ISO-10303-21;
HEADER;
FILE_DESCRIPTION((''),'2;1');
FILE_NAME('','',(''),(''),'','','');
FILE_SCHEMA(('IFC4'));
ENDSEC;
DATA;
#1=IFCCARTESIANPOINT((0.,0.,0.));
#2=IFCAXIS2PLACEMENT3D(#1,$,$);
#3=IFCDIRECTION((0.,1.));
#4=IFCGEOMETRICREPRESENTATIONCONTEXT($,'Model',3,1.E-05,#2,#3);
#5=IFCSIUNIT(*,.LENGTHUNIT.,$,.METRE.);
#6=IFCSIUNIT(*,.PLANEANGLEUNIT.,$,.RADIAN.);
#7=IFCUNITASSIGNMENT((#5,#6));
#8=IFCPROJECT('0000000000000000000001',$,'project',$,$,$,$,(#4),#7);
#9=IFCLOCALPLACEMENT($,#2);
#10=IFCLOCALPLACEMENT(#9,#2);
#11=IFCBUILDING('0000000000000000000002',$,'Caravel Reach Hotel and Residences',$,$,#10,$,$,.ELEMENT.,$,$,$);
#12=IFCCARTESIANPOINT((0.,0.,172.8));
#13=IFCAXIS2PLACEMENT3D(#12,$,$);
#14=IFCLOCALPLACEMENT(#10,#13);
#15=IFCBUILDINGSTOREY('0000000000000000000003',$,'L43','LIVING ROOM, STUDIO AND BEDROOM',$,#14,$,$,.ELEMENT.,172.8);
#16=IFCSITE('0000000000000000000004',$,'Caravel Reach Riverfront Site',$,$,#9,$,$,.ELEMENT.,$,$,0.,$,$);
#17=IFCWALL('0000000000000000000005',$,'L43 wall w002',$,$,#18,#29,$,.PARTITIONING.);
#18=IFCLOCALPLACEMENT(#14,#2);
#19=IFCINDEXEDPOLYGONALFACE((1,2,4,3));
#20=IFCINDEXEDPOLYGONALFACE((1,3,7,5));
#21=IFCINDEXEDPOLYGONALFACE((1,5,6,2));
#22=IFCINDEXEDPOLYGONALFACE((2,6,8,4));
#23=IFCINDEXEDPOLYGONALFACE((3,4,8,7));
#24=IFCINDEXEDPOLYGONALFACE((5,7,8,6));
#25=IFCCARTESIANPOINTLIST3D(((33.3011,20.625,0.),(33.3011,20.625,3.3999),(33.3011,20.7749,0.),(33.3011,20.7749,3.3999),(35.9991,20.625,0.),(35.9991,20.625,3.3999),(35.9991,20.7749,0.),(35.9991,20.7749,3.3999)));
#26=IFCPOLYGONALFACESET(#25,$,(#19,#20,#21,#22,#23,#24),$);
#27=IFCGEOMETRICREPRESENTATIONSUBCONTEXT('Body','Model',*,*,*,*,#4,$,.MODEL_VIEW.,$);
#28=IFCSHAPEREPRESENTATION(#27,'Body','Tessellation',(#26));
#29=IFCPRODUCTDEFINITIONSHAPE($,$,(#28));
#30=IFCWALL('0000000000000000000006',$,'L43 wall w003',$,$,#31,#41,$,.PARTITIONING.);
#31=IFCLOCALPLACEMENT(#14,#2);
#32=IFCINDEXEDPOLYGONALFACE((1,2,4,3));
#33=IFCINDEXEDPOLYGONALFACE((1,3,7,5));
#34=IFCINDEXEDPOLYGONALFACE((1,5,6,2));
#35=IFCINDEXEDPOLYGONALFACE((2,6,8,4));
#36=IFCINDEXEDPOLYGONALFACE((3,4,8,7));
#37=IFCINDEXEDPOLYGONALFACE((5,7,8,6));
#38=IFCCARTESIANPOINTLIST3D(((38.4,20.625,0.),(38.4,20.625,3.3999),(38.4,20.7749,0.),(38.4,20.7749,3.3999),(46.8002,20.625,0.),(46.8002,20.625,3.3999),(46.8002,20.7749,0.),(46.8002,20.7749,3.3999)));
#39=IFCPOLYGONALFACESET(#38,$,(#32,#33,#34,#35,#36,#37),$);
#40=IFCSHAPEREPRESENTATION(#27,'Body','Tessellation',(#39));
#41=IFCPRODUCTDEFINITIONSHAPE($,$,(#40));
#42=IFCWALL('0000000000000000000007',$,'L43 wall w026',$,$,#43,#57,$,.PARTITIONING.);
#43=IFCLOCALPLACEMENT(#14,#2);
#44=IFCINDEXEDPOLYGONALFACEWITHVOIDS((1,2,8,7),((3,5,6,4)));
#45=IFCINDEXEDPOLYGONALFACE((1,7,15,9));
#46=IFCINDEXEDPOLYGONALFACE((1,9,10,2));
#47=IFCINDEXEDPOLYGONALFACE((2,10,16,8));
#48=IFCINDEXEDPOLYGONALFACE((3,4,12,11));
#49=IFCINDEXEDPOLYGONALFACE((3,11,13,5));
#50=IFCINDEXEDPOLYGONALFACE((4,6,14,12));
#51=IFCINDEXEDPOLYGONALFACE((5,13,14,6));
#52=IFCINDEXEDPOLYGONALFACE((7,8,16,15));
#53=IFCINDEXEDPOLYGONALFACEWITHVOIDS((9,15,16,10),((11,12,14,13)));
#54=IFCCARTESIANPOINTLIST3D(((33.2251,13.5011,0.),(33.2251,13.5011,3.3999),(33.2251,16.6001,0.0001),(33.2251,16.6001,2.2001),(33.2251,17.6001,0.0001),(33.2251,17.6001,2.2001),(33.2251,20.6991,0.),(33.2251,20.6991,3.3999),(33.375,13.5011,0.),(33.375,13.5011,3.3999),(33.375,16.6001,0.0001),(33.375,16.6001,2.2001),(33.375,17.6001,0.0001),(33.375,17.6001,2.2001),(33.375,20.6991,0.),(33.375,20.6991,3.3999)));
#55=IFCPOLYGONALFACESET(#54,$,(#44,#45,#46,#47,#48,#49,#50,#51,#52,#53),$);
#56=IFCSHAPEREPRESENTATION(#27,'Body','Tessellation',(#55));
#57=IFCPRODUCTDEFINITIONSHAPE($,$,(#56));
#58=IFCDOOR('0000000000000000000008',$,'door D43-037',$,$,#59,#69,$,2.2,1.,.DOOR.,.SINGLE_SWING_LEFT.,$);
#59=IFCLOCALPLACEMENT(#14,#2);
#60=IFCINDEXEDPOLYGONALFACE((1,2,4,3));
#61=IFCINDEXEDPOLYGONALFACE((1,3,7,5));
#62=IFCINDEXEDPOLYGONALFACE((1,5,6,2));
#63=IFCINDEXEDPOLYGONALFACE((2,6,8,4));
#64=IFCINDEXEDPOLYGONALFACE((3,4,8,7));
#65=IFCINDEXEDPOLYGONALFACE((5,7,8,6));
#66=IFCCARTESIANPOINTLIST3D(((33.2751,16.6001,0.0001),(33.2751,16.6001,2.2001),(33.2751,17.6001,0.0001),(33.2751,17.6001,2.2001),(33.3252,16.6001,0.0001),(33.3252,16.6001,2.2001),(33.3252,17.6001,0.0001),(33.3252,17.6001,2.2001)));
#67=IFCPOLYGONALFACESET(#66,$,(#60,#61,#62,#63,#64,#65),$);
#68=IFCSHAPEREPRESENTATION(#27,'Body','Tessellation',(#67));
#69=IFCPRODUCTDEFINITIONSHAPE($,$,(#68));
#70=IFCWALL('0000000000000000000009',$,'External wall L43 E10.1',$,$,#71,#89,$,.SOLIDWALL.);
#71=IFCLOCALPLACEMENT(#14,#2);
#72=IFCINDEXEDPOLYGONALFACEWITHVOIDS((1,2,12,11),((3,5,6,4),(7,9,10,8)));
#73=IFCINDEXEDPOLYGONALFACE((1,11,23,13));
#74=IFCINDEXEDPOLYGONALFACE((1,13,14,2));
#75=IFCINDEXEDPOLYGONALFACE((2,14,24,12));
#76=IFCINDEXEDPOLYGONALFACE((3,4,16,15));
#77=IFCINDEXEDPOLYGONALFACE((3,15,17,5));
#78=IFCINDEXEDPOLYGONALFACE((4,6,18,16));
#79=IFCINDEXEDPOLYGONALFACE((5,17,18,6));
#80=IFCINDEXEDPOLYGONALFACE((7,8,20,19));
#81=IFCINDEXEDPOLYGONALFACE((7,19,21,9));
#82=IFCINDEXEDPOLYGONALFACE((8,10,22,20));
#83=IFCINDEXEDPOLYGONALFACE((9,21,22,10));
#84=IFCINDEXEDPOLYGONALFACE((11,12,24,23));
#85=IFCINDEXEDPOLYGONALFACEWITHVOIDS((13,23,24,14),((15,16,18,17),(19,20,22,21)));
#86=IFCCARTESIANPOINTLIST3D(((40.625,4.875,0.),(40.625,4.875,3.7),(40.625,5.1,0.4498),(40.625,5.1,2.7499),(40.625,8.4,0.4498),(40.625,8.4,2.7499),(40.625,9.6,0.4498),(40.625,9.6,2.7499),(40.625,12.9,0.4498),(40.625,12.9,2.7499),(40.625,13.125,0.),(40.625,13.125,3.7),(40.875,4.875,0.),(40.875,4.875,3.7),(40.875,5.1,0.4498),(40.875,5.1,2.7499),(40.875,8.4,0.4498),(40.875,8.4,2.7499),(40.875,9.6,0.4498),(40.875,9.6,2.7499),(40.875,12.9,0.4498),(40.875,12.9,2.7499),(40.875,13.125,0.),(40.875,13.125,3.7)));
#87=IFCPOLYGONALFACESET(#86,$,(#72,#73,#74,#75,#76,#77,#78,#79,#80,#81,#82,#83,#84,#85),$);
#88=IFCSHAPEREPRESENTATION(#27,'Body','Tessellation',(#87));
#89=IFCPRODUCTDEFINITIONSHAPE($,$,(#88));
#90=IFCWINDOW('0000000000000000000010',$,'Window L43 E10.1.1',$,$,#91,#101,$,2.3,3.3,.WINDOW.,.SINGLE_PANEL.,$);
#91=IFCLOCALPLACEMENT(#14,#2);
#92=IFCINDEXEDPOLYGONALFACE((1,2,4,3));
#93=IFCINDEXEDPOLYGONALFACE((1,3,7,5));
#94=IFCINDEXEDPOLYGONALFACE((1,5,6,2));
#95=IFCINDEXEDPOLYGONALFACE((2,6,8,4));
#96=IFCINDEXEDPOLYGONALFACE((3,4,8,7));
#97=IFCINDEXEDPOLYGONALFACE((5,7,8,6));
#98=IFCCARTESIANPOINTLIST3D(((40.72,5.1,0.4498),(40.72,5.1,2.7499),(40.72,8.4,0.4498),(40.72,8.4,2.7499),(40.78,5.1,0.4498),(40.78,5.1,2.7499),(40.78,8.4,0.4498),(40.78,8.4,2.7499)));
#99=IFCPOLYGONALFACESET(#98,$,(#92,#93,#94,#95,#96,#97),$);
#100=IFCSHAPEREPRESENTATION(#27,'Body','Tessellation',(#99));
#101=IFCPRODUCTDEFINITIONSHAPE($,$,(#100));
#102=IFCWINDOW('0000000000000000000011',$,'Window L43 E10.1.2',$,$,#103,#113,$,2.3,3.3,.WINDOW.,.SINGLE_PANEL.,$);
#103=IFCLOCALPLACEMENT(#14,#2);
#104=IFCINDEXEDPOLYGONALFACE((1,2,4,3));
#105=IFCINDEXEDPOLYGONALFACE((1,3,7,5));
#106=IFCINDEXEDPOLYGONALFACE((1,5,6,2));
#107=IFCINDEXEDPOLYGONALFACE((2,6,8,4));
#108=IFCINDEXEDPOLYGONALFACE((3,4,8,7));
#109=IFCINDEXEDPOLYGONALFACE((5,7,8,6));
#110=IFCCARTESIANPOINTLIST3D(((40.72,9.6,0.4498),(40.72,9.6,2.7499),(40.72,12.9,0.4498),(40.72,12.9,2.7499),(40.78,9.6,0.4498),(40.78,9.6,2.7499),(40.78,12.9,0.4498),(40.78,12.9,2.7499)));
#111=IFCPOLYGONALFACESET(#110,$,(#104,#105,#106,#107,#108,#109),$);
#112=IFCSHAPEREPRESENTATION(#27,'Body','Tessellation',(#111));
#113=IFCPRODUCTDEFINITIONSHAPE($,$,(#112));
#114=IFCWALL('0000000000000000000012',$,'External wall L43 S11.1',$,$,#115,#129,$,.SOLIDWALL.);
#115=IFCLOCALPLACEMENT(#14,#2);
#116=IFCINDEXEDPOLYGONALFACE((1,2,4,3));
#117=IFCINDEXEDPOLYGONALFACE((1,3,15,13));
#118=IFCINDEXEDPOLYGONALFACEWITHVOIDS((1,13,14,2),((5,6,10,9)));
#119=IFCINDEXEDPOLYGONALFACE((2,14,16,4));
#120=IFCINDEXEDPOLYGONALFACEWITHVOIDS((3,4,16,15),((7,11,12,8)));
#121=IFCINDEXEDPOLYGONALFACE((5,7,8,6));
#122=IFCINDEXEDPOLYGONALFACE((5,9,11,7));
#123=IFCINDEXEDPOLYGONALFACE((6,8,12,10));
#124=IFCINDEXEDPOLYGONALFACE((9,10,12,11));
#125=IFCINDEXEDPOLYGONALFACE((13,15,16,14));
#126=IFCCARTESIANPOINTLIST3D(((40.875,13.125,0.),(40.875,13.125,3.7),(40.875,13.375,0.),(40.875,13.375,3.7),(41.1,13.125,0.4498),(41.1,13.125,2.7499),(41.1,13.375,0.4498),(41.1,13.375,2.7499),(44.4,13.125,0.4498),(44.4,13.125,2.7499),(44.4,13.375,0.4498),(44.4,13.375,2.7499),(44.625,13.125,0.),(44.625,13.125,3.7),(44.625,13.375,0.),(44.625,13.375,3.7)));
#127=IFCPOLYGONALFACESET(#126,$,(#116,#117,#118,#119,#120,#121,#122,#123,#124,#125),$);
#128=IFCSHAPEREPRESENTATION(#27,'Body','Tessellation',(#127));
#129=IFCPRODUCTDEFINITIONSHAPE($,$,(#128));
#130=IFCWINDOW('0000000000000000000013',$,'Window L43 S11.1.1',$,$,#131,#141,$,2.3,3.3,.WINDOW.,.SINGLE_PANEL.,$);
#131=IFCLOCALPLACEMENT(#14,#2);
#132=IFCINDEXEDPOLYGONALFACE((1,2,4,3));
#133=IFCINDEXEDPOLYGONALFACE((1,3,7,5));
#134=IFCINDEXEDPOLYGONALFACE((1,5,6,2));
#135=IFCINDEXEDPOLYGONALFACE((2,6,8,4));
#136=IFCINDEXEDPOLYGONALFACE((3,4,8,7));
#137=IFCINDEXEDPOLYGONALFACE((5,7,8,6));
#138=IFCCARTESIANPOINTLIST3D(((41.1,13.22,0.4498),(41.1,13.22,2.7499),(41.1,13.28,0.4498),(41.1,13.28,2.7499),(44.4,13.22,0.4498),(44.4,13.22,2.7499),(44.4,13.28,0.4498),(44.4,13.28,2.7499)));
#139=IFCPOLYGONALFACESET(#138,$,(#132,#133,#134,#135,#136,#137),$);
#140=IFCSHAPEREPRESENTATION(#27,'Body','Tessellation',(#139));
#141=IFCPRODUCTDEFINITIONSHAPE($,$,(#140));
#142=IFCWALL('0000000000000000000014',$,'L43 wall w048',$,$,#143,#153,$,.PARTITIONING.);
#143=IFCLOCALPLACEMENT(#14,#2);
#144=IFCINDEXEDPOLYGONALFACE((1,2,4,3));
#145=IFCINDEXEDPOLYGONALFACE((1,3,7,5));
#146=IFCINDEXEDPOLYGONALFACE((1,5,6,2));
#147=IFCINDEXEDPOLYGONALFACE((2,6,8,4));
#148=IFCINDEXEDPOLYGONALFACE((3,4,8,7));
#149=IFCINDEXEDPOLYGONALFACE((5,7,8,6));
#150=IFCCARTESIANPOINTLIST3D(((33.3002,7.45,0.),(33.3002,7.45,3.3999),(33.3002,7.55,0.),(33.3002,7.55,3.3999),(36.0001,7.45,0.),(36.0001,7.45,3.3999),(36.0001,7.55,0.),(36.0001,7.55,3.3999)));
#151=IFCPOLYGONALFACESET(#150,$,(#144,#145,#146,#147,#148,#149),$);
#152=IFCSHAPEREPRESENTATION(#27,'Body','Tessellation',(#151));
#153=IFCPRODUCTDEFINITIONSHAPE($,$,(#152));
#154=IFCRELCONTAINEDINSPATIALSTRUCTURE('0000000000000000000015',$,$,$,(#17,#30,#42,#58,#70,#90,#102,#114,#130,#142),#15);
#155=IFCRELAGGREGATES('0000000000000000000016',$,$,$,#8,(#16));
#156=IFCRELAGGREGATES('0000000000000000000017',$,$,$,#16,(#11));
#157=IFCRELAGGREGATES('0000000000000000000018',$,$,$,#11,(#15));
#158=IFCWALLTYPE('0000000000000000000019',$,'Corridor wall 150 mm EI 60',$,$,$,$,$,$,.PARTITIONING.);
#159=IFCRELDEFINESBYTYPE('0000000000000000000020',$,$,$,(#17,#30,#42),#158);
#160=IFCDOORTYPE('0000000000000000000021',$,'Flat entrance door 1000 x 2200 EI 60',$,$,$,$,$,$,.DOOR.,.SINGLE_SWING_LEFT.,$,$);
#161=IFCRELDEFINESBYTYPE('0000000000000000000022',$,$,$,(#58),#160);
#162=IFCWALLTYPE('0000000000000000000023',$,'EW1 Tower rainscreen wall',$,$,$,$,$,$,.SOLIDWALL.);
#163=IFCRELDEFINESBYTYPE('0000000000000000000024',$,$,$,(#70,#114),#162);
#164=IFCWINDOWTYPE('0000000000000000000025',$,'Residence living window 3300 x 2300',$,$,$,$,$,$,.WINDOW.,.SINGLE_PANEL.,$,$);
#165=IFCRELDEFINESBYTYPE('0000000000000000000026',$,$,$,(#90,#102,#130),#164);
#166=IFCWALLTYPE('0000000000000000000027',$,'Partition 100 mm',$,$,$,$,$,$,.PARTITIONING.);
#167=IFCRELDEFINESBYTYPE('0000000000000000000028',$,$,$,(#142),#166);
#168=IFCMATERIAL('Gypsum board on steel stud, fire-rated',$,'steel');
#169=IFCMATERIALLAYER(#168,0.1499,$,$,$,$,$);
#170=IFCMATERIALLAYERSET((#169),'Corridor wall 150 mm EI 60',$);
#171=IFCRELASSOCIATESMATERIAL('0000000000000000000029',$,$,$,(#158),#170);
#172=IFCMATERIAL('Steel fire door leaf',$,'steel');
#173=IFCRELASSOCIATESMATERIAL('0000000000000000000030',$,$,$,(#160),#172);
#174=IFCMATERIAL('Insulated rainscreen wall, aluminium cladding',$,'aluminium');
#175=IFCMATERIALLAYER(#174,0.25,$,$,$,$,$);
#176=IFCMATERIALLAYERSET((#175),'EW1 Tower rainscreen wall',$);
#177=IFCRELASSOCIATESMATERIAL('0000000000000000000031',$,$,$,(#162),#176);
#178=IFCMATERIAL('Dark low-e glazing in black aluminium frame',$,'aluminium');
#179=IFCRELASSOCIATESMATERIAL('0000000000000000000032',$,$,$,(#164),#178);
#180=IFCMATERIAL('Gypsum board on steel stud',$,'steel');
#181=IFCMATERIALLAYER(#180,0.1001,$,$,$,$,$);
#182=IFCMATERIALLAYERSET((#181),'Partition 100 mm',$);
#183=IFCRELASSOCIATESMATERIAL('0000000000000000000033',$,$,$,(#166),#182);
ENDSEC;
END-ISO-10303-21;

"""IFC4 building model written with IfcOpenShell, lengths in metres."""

from ifc_helpers import new_model, si_unit, direction, frame, frame_2d, origin, place, context, subcontext, project, spatial, rectangle, extrude, material, layer, layer_set, type_object, element, fill, save


model = new_model("IFC4")

# Units and contexts
model_context = context("Model", 3, precision=1e-05, world=origin(), true_north=direction((0.0, 1.0)))
body_context = subcontext(model_context, "Body", "Model", "MODEL_VIEW")
ifc_project = project(units=[si_unit("LENGTHUNIT", "METRE"), si_unit("PLANEANGLEUNIT", "RADIAN")], contexts=[model_context])

# Site, building, storey
site_placement = place(None, origin())
site = spatial("IfcSite", under=ifc_project, at=site_placement, Name="Caravel Reach Riverfront Site", CompositionType="ELEMENT", RefElevation=0.0)
building_placement = place(site_placement, origin())
building = spatial("IfcBuilding", under=site, at=building_placement, Name="Caravel Reach Hotel and Residences", CompositionType="ELEMENT")
storey_placement = place(building_placement, frame((0.0, 0.0, 172.8)))
storey = spatial("IfcBuildingStorey", under=building, at=storey_placement, Name="L43", Description="LIVING ROOM, STUDIO AND BEDROOM", CompositionType="ELEMENT", Elevation=172.8)

# Walls
ifc_material_1 = material(Name="Gypsum board on steel stud, fire-rated", Category="steel")
ifc_layer_1 = layer(ifc_material_1, 0.1499)
ifc_layer_set_1 = layer_set([ifc_layer_1], Name="Corridor wall 150 mm EI 60")
wall_type_1 = type_object("IfcWallType", Name="Corridor wall 150 mm EI 60", PredefinedType="PARTITIONING", material=ifc_layer_set_1)
wall_1_placement = place(storey_placement, frame((33.301, 20.7, 0.0), z_axis=(0.0, 0.0, 1.0), x_axis=(1.0, 0.0, 0.0)))
element("IfcWall", 1, at=wall_1_placement, inside=storey, type_object=wall_type_1, Name="L43 wall w002", PredefinedType="PARTITIONING", context=body_context, shape_type="SweptSolid", body=[
    extrude(rectangle(XDim=2.698, YDim=0.1499, at=frame_2d((1.3491, 0.0))), origin(), (0.0, 0.0, 1.0), 3.3999),
])
wall_2_placement = place(storey_placement, frame((38.3999, 20.7, 0.0), z_axis=(0.0, 0.0, 1.0), x_axis=(1.0, 0.0, 0.0)))
element("IfcWall", 2, at=wall_2_placement, inside=storey, type_object=wall_type_1, Name="L43 wall w003", PredefinedType="PARTITIONING", context=body_context, shape_type="SweptSolid", body=[
    extrude(rectangle(XDim=8.4001, YDim=0.1499, at=frame_2d((4.2002, 0.0))), origin(), (0.0, 0.0, 1.0), 3.3999),
])

# Wall, opening, door
wall_3_placement = place(storey_placement, frame((33.3, 13.501, 0.0), z_axis=(0.0, 0.0, 1.0), x_axis=(0.0, 1.0, 0.0)))
wall_3 = element("IfcWall", 3, at=wall_3_placement, inside=storey, type_object=wall_type_1, Name="L43 wall w026", PredefinedType="PARTITIONING", context=body_context, shape_type="SweptSolid", body=[
    extrude(rectangle(XDim=7.198, YDim=0.1499, at=frame_2d((3.5991, 0.0))), origin(), (0.0, 0.0, 1.0), 3.3999),
])
opening_1_placement = place(wall_3_placement, frame((3.0991, 0.0, 0.0)))
opening_1 = element("IfcOpeningElement", 4, at=opening_1_placement, cuts=wall_3, PredefinedType="OPENING", context=body_context, shape_type="SweptSolid", body=[
    extrude(rectangle(XDim=1.0, YDim=2.2, at=frame_2d((0.5, 1.1001))), frame((0.0, 0.085, 0.0), z_axis=(0.0, -1.0, 0.0), x_axis=(1.0, 0.0, 0.0)), (0.0, 0.0, 1.0), 0.1699),
])
ifc_material_2 = material(Name="Steel fire door leaf", Category="steel")
door_type_1 = type_object("IfcDoorType", Name="Flat entrance door 1000 x 2200 EI 60", OperationType="SINGLE_SWING_LEFT", PredefinedType="DOOR", material=ifc_material_2)
door_1_placement = place(opening_1_placement, origin())
door_1 = element("IfcDoor", 5, at=door_1_placement, inside=storey, type_object=door_type_1, Name="door D43-037", OperationType="SINGLE_SWING_LEFT", OverallHeight=2.2, OverallWidth=1.0, PredefinedType="DOOR", context=body_context, shape_type="SweptSolid", body=[
    extrude(rectangle(XDim=1.0, YDim=2.2, at=frame_2d((0.5, 1.1001))), frame((0.0, 0.0249, 0.0), z_axis=(0.0, -1.0, 0.0), x_axis=(1.0, 0.0, 0.0)), (0.0, 0.0, 1.0), 0.05),
])
fill(opening_1, door_1)

# Wall, openings, windows
ifc_material_3 = material(Name="Insulated rainscreen wall, aluminium cladding", Category="aluminium")
ifc_layer_2 = layer(ifc_material_3, 0.25)
ifc_layer_set_2 = layer_set([ifc_layer_2], Name="EW1 Tower rainscreen wall")
wall_type_2 = type_object("IfcWallType", Name="EW1 Tower rainscreen wall", PredefinedType="SOLIDWALL", material=ifc_layer_set_2)
wall_4_placement = place(storey_placement, frame((40.75, 4.875, 0.0), z_axis=(0.0, 0.0, 1.0), x_axis=(0.0, 1.0, 0.0)))
wall_4 = element("IfcWall", 6, at=wall_4_placement, inside=storey, type_object=wall_type_2, Name="External wall L43 E10.1", PredefinedType="SOLIDWALL", context=body_context, shape_type="SweptSolid", body=[
    extrude(rectangle(XDim=8.25, YDim=0.25, at=frame_2d((4.125, 0.0))), origin(), (0.0, 0.0, 1.0), 3.7),
])
opening_2_placement = place(wall_4_placement, frame((0.2251, 0.0, 0.45)))
opening_2 = element("IfcOpeningElement", 7, at=opening_2_placement, cuts=wall_4, PredefinedType="OPENING", context=body_context, shape_type="SweptSolid", body=[
    extrude(rectangle(XDim=3.3, YDim=2.3, at=frame_2d((1.6499, 1.1499))), frame((0.0, 0.135, 0.0), z_axis=(0.0, -1.0, 0.0), x_axis=(1.0, 0.0, 0.0)), (0.0, 0.0, 1.0), 0.27),
])
opening_3_placement = place(wall_4_placement, frame((4.7251, 0.0, 0.45)))
opening_3 = element("IfcOpeningElement", 8, at=opening_3_placement, cuts=wall_4, PredefinedType="OPENING", context=body_context, shape_type="SweptSolid", body=[
    extrude(rectangle(XDim=3.3, YDim=2.3, at=frame_2d((1.6499, 1.1499))), frame((0.0, 0.135, 0.0), z_axis=(0.0, -1.0, 0.0), x_axis=(1.0, 0.0, 0.0)), (0.0, 0.0, 1.0), 0.27),
])
ifc_material_4 = material(Name="Dark low-e glazing in black aluminium frame", Category="aluminium")
window_type = type_object("IfcWindowType", Name="Residence living window 3300 x 2300", PartitioningType="SINGLE_PANEL", PredefinedType="WINDOW", material=ifc_material_4)
window_1_placement = place(opening_2_placement, origin())
window_1 = element("IfcWindow", 9, at=window_1_placement, inside=storey, type_object=window_type, Name="Window L43 E10.1.1", OverallHeight=2.3, OverallWidth=3.3, PartitioningType="SINGLE_PANEL", PredefinedType="WINDOW", context=body_context, shape_type="SweptSolid", body=[
    extrude(rectangle(XDim=3.3, YDim=2.3, at=frame_2d((1.6499, 1.1499))), frame((0.0, 0.03, 0.0), z_axis=(0.0, -1.0, 0.0), x_axis=(1.0, 0.0, 0.0)), (0.0, 0.0, 1.0), 0.0601),
])
fill(opening_2, window_1)
window_2_placement = place(opening_3_placement, origin())
window_2 = element("IfcWindow", 10, at=window_2_placement, inside=storey, type_object=window_type, Name="Window L43 E10.1.2", OverallHeight=2.3, OverallWidth=3.3, PartitioningType="SINGLE_PANEL", PredefinedType="WINDOW", context=body_context, shape_type="SweptSolid", body=[
    extrude(rectangle(XDim=3.3, YDim=2.3, at=frame_2d((1.6499, 1.1499))), frame((0.0, 0.03, 0.0), z_axis=(0.0, -1.0, 0.0), x_axis=(1.0, 0.0, 0.0)), (0.0, 0.0, 1.0), 0.0601),
])
fill(opening_3, window_2)

# Wall, opening, window
wall_5_placement = place(storey_placement, frame((40.875, 13.25, 0.0), z_axis=(0.0, 0.0, 1.0), x_axis=(1.0, 0.0, 0.0)))
wall_5 = element("IfcWall", 11, at=wall_5_placement, inside=storey, type_object=wall_type_2, Name="External wall L43 S11.1", PredefinedType="SOLIDWALL", context=body_context, shape_type="SweptSolid", body=[
    extrude(rectangle(XDim=3.75, YDim=0.25, at=frame_2d((1.875, 0.0))), origin(), (0.0, 0.0, 1.0), 3.7),
])
opening_4_placement = place(wall_5_placement, frame((0.2251, 0.0, 0.45)))
opening_4 = element("IfcOpeningElement", 12, at=opening_4_placement, cuts=wall_5, PredefinedType="OPENING", context=body_context, shape_type="SweptSolid", body=[
    extrude(rectangle(XDim=3.3, YDim=2.3, at=frame_2d((1.6499, 1.1499))), frame((0.0, 0.135, 0.0), z_axis=(0.0, -1.0, 0.0), x_axis=(1.0, 0.0, 0.0)), (0.0, 0.0, 1.0), 0.27),
])
window_3_placement = place(opening_4_placement, origin())
window_3 = element("IfcWindow", 13, at=window_3_placement, inside=storey, type_object=window_type, Name="Window L43 S11.1.1", OverallHeight=2.3, OverallWidth=3.3, PartitioningType="SINGLE_PANEL", PredefinedType="WINDOW", context=body_context, shape_type="SweptSolid", body=[
    extrude(rectangle(XDim=3.3, YDim=2.3, at=frame_2d((1.6499, 1.1499))), frame((0.0, 0.03, 0.0), z_axis=(0.0, -1.0, 0.0), x_axis=(1.0, 0.0, 0.0)), (0.0, 0.0, 1.0), 0.0601),
])
fill(opening_4, window_3)

# Wall
ifc_material_5 = material(Name="Gypsum board on steel stud", Category="steel")
ifc_layer_3 = layer(ifc_material_5, 0.1001)
ifc_layer_set_3 = layer_set([ifc_layer_3], Name="Partition 100 mm")
wall_type_3 = type_object("IfcWallType", Name="Partition 100 mm", PredefinedType="PARTITIONING", material=ifc_layer_set_3)
wall_6_placement = place(storey_placement, frame((33.3, 7.5, 0.0), z_axis=(0.0, 0.0, 1.0), x_axis=(1.0, 0.0, 0.0)))
element("IfcWall", 14, at=wall_6_placement, inside=storey, type_object=wall_type_3, Name="L43 wall w048", PredefinedType="PARTITIONING", context=body_context, shape_type="SweptSolid", body=[
    extrude(rectangle(XDim=2.7, YDim=0.1001, at=frame_2d((1.3501, 0.0))), origin(), (0.0, 0.0, 1.0), 3.3999),
])

save(model, "model.ifc")
